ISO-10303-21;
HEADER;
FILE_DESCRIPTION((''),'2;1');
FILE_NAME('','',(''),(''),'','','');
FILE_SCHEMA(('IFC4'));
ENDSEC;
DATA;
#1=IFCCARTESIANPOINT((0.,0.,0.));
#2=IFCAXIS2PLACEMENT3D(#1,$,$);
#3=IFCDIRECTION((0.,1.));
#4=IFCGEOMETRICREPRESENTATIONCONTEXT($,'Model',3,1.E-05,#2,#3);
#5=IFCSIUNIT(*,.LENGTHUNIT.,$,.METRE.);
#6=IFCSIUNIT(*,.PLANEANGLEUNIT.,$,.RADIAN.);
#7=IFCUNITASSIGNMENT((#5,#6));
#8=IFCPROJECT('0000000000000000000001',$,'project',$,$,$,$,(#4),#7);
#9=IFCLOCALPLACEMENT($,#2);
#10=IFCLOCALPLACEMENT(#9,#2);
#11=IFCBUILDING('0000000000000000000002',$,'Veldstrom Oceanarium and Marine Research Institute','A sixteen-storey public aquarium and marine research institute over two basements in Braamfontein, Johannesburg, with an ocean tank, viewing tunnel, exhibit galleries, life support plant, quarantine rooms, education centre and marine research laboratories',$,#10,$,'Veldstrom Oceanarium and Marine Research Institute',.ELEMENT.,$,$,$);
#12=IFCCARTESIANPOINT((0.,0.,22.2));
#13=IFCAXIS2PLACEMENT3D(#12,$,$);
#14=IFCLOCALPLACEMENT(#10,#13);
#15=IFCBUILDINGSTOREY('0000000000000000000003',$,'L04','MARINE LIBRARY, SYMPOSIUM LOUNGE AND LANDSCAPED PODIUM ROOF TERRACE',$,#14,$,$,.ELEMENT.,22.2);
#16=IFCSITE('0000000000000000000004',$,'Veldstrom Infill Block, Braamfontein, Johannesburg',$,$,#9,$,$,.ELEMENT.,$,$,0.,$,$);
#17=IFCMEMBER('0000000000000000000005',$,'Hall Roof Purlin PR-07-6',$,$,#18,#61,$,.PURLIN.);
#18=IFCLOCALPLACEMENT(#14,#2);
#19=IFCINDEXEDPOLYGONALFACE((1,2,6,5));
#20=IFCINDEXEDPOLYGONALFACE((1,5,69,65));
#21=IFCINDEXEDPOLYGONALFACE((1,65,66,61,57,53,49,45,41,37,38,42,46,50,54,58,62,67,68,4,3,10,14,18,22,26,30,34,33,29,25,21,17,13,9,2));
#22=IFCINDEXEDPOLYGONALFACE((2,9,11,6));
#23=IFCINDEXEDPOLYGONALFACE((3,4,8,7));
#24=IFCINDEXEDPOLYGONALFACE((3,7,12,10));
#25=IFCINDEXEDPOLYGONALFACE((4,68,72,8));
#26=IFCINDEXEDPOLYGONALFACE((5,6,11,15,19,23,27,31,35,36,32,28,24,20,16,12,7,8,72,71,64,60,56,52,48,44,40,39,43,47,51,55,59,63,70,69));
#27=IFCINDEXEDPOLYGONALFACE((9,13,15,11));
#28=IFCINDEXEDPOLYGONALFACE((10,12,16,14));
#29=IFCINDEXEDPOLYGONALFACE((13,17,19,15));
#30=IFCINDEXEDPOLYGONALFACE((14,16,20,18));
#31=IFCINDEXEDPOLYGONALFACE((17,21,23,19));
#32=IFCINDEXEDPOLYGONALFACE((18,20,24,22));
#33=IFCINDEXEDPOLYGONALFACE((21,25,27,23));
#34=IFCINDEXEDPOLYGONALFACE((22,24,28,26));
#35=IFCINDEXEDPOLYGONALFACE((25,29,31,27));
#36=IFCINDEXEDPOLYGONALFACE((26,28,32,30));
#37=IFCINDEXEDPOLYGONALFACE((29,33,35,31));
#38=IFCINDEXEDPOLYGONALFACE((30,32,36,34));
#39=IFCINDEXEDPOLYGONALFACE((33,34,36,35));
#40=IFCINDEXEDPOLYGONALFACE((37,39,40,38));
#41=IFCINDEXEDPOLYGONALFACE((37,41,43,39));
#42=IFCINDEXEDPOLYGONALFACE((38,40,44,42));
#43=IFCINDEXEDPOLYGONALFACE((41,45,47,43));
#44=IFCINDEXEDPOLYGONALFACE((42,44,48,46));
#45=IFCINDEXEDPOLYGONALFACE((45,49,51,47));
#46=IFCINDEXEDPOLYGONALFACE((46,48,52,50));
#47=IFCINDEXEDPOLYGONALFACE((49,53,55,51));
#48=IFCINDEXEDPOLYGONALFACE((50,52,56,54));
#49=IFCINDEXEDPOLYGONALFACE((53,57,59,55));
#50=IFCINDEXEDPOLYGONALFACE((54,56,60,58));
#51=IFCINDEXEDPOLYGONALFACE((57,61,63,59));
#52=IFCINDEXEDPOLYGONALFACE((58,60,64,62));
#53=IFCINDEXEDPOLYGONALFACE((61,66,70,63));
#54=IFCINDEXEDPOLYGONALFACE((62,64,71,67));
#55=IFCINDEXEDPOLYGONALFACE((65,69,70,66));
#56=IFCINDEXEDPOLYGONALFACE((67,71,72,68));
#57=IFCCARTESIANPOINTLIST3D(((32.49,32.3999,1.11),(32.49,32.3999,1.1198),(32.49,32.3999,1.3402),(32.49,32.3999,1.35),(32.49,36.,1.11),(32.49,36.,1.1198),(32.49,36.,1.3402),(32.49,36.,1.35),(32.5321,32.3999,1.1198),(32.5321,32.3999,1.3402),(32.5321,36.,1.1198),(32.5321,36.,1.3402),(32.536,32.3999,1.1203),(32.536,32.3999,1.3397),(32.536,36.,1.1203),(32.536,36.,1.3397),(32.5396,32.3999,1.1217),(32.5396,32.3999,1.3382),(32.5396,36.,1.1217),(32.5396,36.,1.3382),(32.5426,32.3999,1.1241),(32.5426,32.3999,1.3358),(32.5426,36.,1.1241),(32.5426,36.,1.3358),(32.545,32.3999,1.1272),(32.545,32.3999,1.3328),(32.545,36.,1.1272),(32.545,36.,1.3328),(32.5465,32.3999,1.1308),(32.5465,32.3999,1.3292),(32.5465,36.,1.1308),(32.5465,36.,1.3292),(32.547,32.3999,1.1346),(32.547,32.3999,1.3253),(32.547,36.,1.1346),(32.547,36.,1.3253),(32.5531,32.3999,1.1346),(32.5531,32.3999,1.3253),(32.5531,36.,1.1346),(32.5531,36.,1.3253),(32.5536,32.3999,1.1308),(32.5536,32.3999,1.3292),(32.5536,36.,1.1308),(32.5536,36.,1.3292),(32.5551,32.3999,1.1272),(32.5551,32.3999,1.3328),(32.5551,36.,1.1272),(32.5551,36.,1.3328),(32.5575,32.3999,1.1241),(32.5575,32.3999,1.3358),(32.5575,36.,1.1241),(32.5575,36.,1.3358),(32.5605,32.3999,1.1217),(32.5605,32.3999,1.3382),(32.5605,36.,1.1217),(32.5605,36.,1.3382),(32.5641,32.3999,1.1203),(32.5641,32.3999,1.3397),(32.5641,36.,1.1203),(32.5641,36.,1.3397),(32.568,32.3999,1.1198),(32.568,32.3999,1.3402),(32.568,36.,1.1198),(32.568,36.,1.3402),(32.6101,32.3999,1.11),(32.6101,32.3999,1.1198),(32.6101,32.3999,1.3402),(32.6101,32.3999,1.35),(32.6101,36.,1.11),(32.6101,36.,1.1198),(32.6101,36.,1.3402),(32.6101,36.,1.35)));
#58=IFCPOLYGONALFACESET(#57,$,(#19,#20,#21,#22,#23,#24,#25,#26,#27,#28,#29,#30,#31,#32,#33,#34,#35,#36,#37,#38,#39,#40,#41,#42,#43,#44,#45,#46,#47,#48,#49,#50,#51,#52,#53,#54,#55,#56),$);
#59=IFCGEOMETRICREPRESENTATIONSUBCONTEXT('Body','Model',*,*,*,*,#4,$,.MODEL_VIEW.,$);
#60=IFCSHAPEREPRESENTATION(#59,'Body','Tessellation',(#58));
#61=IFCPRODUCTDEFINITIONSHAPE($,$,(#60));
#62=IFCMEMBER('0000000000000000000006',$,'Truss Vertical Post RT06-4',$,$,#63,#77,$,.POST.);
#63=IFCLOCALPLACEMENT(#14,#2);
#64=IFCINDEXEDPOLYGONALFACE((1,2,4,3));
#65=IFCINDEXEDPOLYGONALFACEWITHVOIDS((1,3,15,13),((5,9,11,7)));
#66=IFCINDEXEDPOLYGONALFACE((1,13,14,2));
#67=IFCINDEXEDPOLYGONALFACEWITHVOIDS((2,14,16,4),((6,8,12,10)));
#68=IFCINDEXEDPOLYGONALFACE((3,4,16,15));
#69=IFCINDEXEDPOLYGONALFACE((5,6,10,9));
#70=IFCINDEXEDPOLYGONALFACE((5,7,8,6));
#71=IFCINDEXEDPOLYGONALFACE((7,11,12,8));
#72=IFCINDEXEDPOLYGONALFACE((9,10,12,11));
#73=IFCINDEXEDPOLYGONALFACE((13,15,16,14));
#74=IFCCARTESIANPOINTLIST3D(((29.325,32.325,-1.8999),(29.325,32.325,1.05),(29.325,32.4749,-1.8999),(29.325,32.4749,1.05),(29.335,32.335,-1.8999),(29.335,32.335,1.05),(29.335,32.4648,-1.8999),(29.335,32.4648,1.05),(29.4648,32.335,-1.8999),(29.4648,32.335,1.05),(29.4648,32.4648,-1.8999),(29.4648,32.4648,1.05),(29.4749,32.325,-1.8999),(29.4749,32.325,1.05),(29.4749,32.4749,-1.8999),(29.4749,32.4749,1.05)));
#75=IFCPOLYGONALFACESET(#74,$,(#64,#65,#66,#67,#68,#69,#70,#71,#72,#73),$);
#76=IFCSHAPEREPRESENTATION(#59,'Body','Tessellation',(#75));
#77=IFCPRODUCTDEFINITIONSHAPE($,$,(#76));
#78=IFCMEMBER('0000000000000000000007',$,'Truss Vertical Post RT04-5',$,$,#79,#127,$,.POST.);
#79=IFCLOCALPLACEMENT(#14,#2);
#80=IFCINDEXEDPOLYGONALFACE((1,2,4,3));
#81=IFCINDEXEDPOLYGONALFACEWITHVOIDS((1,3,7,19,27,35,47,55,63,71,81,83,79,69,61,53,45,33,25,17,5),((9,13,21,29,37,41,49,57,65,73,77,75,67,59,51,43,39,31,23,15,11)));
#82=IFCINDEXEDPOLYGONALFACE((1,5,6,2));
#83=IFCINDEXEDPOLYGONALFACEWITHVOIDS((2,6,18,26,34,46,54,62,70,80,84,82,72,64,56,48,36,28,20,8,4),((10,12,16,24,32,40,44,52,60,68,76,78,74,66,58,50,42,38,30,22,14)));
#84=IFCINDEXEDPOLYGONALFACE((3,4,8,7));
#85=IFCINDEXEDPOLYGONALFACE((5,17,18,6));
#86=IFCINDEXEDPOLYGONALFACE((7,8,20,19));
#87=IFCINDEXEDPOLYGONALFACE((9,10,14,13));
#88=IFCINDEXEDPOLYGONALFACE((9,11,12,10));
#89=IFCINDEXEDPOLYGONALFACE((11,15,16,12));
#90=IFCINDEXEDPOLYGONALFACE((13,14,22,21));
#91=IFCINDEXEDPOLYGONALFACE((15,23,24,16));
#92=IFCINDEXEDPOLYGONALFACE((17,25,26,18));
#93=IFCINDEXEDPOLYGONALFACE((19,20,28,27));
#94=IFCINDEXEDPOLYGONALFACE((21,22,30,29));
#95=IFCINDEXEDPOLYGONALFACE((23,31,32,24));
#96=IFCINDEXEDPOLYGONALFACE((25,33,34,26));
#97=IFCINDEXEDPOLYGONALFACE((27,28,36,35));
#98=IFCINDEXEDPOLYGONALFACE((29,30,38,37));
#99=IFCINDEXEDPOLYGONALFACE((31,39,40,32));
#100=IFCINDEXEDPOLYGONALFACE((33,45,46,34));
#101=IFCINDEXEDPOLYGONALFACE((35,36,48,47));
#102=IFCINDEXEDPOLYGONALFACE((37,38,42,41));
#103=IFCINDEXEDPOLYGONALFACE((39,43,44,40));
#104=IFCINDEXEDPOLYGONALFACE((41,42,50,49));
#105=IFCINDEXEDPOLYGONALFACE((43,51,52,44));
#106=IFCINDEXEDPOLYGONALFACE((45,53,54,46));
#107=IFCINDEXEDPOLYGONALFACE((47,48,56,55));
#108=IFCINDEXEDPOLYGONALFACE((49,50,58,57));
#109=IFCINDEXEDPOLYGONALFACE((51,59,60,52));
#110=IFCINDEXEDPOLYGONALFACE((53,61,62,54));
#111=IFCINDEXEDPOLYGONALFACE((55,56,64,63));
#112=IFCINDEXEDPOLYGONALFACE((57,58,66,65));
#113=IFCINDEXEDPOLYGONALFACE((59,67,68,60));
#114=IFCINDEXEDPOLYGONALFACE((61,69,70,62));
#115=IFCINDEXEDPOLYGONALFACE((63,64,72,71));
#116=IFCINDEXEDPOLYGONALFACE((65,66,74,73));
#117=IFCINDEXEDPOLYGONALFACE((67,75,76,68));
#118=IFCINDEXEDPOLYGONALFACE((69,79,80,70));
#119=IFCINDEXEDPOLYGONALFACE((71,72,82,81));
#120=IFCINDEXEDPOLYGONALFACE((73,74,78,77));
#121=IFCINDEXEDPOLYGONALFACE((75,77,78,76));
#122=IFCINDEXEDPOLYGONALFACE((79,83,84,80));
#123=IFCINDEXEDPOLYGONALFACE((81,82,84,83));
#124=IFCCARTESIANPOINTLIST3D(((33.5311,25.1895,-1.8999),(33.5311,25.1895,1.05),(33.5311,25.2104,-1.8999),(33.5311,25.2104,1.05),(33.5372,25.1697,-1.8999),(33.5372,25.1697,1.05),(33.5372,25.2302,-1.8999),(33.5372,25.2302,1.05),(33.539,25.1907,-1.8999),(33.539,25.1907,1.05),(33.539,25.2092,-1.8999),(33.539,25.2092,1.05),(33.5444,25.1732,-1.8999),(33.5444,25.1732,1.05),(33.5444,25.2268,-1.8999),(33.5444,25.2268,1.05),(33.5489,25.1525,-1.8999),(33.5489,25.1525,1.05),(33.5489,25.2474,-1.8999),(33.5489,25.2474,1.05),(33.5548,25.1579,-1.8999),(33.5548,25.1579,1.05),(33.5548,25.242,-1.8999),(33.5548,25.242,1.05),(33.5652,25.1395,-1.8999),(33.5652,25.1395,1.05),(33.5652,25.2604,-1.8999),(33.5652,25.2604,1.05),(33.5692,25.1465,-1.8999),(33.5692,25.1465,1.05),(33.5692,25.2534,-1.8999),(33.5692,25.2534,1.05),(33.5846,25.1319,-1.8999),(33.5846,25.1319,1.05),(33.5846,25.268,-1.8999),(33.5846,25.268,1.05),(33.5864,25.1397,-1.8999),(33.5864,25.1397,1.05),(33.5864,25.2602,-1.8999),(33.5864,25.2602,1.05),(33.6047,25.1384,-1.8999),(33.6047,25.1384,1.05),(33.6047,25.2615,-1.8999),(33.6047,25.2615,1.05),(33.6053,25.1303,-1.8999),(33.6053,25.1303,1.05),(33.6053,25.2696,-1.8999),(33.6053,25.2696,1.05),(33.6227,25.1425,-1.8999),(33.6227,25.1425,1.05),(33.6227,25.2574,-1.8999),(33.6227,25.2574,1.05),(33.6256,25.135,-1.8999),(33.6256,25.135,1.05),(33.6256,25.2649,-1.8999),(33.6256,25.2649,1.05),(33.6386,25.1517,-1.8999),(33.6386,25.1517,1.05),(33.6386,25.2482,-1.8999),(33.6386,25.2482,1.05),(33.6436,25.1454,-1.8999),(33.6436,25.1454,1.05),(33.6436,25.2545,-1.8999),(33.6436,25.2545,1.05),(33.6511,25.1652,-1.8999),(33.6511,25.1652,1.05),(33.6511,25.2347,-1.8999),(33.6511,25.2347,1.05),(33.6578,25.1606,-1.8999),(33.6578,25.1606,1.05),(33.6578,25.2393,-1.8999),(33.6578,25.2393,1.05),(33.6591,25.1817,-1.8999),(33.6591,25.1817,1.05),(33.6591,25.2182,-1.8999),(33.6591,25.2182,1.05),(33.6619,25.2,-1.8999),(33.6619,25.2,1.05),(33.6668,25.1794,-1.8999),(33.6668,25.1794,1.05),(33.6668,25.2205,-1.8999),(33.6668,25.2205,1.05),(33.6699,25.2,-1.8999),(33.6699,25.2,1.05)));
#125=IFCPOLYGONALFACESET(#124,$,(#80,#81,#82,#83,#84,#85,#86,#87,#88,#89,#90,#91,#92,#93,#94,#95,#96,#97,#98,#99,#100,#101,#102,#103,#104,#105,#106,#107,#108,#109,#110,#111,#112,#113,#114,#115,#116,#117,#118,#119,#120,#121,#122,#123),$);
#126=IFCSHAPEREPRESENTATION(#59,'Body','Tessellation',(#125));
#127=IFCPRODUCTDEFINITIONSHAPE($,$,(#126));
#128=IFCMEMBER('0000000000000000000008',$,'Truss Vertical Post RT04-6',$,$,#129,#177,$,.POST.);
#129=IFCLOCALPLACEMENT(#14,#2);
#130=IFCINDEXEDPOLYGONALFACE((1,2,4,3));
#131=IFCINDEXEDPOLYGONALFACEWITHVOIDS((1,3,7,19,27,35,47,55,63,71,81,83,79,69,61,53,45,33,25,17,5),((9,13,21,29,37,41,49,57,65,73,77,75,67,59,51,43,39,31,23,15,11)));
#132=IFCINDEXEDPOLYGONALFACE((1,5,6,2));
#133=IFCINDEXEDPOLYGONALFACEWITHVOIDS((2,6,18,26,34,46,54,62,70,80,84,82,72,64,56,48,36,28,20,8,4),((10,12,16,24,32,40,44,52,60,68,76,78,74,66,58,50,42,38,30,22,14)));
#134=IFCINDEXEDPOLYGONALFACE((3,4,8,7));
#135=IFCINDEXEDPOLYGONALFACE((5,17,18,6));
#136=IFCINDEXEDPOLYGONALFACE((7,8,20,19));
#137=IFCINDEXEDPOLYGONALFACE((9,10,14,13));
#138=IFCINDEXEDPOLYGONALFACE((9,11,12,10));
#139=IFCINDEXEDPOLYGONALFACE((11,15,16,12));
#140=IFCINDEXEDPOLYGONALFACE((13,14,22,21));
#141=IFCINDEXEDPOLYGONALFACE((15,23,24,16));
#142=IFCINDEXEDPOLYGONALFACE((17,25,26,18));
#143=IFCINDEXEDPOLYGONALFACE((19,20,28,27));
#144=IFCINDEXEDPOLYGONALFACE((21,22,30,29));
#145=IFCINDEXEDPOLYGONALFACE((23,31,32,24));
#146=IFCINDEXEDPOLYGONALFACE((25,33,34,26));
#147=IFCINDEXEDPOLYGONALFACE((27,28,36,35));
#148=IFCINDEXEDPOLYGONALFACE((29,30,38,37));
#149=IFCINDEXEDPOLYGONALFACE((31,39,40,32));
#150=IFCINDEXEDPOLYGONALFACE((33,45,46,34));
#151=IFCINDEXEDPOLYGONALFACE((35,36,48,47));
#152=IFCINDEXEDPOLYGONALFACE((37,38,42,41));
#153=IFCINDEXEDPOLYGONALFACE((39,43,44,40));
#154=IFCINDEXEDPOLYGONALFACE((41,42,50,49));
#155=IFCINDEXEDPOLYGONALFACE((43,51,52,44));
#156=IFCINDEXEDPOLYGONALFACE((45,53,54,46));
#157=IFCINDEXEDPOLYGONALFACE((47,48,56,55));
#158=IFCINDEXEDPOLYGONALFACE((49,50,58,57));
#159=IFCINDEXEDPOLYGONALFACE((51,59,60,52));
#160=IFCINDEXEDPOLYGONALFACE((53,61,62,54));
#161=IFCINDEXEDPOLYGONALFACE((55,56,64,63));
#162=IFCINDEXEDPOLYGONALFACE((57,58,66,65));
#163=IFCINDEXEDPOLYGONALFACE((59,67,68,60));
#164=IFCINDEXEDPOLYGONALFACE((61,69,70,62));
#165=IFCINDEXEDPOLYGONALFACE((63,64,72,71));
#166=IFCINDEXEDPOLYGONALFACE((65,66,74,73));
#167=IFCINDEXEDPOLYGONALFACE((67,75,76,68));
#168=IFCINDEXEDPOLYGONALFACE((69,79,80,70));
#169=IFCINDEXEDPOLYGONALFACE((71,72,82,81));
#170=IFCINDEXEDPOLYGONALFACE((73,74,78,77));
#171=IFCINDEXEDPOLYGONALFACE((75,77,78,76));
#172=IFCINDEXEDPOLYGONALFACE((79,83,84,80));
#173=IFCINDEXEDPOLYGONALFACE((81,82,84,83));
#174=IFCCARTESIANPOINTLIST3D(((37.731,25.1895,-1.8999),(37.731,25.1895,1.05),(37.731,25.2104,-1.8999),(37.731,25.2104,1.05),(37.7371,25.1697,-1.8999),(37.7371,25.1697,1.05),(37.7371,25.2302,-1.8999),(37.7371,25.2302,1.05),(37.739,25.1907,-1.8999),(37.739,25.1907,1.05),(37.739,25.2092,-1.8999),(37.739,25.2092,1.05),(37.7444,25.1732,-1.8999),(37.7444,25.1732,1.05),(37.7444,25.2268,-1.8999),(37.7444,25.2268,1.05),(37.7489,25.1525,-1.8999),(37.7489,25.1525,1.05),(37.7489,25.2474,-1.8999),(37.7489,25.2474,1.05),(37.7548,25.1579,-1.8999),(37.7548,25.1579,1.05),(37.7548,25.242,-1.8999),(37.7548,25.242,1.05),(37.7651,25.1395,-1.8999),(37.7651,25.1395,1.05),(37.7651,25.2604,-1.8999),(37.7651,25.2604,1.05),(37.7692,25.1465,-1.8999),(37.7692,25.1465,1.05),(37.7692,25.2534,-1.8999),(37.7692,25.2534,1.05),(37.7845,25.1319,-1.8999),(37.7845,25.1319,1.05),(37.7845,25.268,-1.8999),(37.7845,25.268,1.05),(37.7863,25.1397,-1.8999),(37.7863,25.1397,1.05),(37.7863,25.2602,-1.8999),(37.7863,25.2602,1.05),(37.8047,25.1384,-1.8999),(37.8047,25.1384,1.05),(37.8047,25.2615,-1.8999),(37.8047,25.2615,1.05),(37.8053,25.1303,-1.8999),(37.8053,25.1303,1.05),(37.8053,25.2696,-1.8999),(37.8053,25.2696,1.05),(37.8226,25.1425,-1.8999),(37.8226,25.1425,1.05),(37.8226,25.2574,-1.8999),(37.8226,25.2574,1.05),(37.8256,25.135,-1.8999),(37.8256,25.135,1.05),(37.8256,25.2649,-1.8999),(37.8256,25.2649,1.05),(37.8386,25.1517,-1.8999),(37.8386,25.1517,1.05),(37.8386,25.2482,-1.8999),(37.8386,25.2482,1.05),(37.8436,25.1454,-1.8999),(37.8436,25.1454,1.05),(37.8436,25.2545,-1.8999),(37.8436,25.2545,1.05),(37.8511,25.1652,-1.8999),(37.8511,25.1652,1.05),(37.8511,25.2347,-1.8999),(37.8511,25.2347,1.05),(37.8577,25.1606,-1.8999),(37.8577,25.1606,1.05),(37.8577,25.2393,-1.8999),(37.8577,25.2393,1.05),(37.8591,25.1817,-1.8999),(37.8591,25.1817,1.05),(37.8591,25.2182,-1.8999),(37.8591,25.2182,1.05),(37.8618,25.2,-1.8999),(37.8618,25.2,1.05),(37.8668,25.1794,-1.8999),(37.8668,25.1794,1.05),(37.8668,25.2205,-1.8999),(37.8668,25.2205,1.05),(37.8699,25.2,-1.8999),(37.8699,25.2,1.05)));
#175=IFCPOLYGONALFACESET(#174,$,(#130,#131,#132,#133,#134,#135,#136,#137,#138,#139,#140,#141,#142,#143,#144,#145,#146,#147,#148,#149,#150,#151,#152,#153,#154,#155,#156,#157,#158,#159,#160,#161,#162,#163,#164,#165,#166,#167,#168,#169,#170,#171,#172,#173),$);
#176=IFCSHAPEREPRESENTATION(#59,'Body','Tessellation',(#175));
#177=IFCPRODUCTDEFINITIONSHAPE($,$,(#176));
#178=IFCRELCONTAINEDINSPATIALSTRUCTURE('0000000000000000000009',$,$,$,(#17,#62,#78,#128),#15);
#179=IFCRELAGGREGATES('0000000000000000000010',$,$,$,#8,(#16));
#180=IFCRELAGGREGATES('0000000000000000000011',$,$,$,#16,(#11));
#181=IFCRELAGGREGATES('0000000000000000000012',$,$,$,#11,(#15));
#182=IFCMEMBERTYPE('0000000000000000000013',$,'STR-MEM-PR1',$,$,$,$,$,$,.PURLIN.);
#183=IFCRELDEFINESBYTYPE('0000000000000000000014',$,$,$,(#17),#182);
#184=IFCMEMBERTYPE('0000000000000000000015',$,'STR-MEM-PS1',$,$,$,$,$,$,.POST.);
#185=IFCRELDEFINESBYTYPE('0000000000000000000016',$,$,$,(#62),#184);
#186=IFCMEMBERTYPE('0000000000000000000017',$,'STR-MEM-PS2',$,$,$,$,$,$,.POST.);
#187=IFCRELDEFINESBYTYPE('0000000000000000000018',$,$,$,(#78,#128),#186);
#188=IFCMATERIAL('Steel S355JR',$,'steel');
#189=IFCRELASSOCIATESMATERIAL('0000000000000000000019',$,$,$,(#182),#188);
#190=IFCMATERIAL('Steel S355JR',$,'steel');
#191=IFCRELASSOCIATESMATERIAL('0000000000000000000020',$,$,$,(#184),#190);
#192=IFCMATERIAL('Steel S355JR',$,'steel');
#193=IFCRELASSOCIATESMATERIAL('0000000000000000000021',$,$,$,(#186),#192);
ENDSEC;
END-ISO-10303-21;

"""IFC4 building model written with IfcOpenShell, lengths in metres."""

from ifc_helpers import new_model, si_unit, direction, frame, origin, origin_2d, place, context, subcontext, project, spatial, hollow_rectangle, hollow_circle, i_section, extrude, material, material_profile, profile_set, type_object, element, save


model = new_model("IFC4")

# Units and contexts
model_context = context("Model", 3, precision=1e-05, world=origin(), true_north=direction((0.0, 1.0)))
body_context = subcontext(model_context, "Body", "Model", "MODEL_VIEW")
ifc_project = project(units=[si_unit("LENGTHUNIT", "METRE"), si_unit("PLANEANGLEUNIT", "RADIAN")], contexts=[model_context])

# Site, building, storey
site_placement = place(None, origin())
site = spatial("IfcSite", under=ifc_project, at=site_placement, Name="Veldstrom Infill Block, Braamfontein, Johannesburg", CompositionType="ELEMENT", RefElevation=0.0)
building_placement = place(site_placement, origin())
building = spatial("IfcBuilding", under=site, at=building_placement, Name="Veldstrom Oceanarium and Marine Research Institute", Description="A sixteen-storey public aquarium and marine research institute over two basements in Braamfontein, Johannesburg, with an ocean tank, viewing tunnel, exhibit galleries, life support plant, quarantine rooms, education centre and marine research laboratories", LongName="Veldstrom Oceanarium and Marine Research Institute", CompositionType="ELEMENT")
storey_placement = place(building_placement, frame((0.0, 0.0, 22.2)))
storey = spatial("IfcBuildingStorey", under=building, at=storey_placement, Name="L04", Description="MARINE LIBRARY, SYMPOSIUM LOUNGE AND LANDSCAPED PODIUM ROOF TERRACE", CompositionType="ELEMENT", Elevation=22.2)

# Members
ifc_material_1 = material(Name="Steel S355JR", Category="steel")
ifc_material_profile_1 = material_profile(ifc_material_1, i_section(OverallWidth=0.1201, OverallDepth=0.24, WebThickness=0.0061, FlangeThickness=0.0098, FilletRadius=0.0149, at=origin_2d()), Name="IPE 240")
ifc_profile_set_1 = profile_set([ifc_material_profile_1], Name="Steel S355JR")
member_type_1 = type_object("IfcMemberType", Name="STR-MEM-PR1", PredefinedType="PURLIN", material=ifc_profile_set_1)
for number, where, z_axis, x_axis, name in (
    (1, (32.55, 32.3999, 1.23), (0.0, 1.0, 0.0), (-1.0, 0.0, 0.0), "Hall Roof Purlin PR-07-6"),
):
    element("IfcMember", number, at=place(storey_placement, frame(where, z_axis=z_axis, x_axis=x_axis)), inside=storey, type_object=member_type_1, Name=name, PredefinedType="PURLIN", context=body_context, shape_type="SweptSolid", body=[
        extrude(i_section(OverallWidth=0.1201, OverallDepth=0.24, WebThickness=0.0061, FlangeThickness=0.0098, FilletRadius=0.0149, at=origin_2d()), origin(), (0.0, 0.0, 1.0), 3.6001),
    ])
ifc_material_2 = material(Name="Steel S355JR", Category="steel")
ifc_material_profile_2 = material_profile(ifc_material_2, hollow_rectangle(XDim=0.1499, YDim=0.1499, WallThickness=0.01, at=origin_2d()), Name="SHS 150x150x10")
ifc_profile_set_2 = profile_set([ifc_material_profile_2], Name="Steel S355JR")
member_type_2 = type_object("IfcMemberType", Name="STR-MEM-PS1", PredefinedType="POST", material=ifc_profile_set_2)
member_1_placement = place(storey_placement, frame((29.3999, 32.3999, -1.8999), z_axis=(0.0, 0.0, 1.0), x_axis=(1.0, 0.0, 0.0)))
element("IfcMember", 2, at=member_1_placement, inside=storey, type_object=member_type_2, Name="Truss Vertical Post RT06-4", PredefinedType="POST", context=body_context, shape_type="SweptSolid", body=[
    extrude(hollow_rectangle(XDim=0.1499, YDim=0.1499, WallThickness=0.01, at=origin_2d()), origin(), (0.0, 0.0, 1.0), 2.95),
])
ifc_material_3 = material(Name="Steel S355JR", Category="steel")
ifc_material_profile_3 = material_profile(ifc_material_3, hollow_circle(Radius=0.0698, WallThickness=0.0081, at=origin_2d()), Name="CHS 139.7x8")
ifc_profile_set_3 = profile_set([ifc_material_profile_3], Name="Steel S355JR")
member_type_3 = type_object("IfcMemberType", Name="STR-MEM-PS2", PredefinedType="POST", material=ifc_profile_set_3)
for number, where, z_axis, x_axis, name in (
    (3, (33.6001, 25.2, -1.8999), (0.0, 0.0, 1.0), (1.0, 0.0, 0.0), "Truss Vertical Post RT04-5"),
    (4, (37.8, 25.2, -1.8999), (0.0, 0.0, 1.0), (1.0, 0.0, 0.0), "Truss Vertical Post RT04-6"),
):
    element("IfcMember", number, at=place(storey_placement, frame(where, z_axis=z_axis, x_axis=x_axis)), inside=storey, type_object=member_type_3, Name=name, PredefinedType="POST", context=body_context, shape_type="SweptSolid", body=[
        extrude(hollow_circle(Radius=0.0698, WallThickness=0.0081, at=origin_2d()), origin(), (0.0, 0.0, 1.0), 2.95),
    ])

save(model, "model.ifc")
